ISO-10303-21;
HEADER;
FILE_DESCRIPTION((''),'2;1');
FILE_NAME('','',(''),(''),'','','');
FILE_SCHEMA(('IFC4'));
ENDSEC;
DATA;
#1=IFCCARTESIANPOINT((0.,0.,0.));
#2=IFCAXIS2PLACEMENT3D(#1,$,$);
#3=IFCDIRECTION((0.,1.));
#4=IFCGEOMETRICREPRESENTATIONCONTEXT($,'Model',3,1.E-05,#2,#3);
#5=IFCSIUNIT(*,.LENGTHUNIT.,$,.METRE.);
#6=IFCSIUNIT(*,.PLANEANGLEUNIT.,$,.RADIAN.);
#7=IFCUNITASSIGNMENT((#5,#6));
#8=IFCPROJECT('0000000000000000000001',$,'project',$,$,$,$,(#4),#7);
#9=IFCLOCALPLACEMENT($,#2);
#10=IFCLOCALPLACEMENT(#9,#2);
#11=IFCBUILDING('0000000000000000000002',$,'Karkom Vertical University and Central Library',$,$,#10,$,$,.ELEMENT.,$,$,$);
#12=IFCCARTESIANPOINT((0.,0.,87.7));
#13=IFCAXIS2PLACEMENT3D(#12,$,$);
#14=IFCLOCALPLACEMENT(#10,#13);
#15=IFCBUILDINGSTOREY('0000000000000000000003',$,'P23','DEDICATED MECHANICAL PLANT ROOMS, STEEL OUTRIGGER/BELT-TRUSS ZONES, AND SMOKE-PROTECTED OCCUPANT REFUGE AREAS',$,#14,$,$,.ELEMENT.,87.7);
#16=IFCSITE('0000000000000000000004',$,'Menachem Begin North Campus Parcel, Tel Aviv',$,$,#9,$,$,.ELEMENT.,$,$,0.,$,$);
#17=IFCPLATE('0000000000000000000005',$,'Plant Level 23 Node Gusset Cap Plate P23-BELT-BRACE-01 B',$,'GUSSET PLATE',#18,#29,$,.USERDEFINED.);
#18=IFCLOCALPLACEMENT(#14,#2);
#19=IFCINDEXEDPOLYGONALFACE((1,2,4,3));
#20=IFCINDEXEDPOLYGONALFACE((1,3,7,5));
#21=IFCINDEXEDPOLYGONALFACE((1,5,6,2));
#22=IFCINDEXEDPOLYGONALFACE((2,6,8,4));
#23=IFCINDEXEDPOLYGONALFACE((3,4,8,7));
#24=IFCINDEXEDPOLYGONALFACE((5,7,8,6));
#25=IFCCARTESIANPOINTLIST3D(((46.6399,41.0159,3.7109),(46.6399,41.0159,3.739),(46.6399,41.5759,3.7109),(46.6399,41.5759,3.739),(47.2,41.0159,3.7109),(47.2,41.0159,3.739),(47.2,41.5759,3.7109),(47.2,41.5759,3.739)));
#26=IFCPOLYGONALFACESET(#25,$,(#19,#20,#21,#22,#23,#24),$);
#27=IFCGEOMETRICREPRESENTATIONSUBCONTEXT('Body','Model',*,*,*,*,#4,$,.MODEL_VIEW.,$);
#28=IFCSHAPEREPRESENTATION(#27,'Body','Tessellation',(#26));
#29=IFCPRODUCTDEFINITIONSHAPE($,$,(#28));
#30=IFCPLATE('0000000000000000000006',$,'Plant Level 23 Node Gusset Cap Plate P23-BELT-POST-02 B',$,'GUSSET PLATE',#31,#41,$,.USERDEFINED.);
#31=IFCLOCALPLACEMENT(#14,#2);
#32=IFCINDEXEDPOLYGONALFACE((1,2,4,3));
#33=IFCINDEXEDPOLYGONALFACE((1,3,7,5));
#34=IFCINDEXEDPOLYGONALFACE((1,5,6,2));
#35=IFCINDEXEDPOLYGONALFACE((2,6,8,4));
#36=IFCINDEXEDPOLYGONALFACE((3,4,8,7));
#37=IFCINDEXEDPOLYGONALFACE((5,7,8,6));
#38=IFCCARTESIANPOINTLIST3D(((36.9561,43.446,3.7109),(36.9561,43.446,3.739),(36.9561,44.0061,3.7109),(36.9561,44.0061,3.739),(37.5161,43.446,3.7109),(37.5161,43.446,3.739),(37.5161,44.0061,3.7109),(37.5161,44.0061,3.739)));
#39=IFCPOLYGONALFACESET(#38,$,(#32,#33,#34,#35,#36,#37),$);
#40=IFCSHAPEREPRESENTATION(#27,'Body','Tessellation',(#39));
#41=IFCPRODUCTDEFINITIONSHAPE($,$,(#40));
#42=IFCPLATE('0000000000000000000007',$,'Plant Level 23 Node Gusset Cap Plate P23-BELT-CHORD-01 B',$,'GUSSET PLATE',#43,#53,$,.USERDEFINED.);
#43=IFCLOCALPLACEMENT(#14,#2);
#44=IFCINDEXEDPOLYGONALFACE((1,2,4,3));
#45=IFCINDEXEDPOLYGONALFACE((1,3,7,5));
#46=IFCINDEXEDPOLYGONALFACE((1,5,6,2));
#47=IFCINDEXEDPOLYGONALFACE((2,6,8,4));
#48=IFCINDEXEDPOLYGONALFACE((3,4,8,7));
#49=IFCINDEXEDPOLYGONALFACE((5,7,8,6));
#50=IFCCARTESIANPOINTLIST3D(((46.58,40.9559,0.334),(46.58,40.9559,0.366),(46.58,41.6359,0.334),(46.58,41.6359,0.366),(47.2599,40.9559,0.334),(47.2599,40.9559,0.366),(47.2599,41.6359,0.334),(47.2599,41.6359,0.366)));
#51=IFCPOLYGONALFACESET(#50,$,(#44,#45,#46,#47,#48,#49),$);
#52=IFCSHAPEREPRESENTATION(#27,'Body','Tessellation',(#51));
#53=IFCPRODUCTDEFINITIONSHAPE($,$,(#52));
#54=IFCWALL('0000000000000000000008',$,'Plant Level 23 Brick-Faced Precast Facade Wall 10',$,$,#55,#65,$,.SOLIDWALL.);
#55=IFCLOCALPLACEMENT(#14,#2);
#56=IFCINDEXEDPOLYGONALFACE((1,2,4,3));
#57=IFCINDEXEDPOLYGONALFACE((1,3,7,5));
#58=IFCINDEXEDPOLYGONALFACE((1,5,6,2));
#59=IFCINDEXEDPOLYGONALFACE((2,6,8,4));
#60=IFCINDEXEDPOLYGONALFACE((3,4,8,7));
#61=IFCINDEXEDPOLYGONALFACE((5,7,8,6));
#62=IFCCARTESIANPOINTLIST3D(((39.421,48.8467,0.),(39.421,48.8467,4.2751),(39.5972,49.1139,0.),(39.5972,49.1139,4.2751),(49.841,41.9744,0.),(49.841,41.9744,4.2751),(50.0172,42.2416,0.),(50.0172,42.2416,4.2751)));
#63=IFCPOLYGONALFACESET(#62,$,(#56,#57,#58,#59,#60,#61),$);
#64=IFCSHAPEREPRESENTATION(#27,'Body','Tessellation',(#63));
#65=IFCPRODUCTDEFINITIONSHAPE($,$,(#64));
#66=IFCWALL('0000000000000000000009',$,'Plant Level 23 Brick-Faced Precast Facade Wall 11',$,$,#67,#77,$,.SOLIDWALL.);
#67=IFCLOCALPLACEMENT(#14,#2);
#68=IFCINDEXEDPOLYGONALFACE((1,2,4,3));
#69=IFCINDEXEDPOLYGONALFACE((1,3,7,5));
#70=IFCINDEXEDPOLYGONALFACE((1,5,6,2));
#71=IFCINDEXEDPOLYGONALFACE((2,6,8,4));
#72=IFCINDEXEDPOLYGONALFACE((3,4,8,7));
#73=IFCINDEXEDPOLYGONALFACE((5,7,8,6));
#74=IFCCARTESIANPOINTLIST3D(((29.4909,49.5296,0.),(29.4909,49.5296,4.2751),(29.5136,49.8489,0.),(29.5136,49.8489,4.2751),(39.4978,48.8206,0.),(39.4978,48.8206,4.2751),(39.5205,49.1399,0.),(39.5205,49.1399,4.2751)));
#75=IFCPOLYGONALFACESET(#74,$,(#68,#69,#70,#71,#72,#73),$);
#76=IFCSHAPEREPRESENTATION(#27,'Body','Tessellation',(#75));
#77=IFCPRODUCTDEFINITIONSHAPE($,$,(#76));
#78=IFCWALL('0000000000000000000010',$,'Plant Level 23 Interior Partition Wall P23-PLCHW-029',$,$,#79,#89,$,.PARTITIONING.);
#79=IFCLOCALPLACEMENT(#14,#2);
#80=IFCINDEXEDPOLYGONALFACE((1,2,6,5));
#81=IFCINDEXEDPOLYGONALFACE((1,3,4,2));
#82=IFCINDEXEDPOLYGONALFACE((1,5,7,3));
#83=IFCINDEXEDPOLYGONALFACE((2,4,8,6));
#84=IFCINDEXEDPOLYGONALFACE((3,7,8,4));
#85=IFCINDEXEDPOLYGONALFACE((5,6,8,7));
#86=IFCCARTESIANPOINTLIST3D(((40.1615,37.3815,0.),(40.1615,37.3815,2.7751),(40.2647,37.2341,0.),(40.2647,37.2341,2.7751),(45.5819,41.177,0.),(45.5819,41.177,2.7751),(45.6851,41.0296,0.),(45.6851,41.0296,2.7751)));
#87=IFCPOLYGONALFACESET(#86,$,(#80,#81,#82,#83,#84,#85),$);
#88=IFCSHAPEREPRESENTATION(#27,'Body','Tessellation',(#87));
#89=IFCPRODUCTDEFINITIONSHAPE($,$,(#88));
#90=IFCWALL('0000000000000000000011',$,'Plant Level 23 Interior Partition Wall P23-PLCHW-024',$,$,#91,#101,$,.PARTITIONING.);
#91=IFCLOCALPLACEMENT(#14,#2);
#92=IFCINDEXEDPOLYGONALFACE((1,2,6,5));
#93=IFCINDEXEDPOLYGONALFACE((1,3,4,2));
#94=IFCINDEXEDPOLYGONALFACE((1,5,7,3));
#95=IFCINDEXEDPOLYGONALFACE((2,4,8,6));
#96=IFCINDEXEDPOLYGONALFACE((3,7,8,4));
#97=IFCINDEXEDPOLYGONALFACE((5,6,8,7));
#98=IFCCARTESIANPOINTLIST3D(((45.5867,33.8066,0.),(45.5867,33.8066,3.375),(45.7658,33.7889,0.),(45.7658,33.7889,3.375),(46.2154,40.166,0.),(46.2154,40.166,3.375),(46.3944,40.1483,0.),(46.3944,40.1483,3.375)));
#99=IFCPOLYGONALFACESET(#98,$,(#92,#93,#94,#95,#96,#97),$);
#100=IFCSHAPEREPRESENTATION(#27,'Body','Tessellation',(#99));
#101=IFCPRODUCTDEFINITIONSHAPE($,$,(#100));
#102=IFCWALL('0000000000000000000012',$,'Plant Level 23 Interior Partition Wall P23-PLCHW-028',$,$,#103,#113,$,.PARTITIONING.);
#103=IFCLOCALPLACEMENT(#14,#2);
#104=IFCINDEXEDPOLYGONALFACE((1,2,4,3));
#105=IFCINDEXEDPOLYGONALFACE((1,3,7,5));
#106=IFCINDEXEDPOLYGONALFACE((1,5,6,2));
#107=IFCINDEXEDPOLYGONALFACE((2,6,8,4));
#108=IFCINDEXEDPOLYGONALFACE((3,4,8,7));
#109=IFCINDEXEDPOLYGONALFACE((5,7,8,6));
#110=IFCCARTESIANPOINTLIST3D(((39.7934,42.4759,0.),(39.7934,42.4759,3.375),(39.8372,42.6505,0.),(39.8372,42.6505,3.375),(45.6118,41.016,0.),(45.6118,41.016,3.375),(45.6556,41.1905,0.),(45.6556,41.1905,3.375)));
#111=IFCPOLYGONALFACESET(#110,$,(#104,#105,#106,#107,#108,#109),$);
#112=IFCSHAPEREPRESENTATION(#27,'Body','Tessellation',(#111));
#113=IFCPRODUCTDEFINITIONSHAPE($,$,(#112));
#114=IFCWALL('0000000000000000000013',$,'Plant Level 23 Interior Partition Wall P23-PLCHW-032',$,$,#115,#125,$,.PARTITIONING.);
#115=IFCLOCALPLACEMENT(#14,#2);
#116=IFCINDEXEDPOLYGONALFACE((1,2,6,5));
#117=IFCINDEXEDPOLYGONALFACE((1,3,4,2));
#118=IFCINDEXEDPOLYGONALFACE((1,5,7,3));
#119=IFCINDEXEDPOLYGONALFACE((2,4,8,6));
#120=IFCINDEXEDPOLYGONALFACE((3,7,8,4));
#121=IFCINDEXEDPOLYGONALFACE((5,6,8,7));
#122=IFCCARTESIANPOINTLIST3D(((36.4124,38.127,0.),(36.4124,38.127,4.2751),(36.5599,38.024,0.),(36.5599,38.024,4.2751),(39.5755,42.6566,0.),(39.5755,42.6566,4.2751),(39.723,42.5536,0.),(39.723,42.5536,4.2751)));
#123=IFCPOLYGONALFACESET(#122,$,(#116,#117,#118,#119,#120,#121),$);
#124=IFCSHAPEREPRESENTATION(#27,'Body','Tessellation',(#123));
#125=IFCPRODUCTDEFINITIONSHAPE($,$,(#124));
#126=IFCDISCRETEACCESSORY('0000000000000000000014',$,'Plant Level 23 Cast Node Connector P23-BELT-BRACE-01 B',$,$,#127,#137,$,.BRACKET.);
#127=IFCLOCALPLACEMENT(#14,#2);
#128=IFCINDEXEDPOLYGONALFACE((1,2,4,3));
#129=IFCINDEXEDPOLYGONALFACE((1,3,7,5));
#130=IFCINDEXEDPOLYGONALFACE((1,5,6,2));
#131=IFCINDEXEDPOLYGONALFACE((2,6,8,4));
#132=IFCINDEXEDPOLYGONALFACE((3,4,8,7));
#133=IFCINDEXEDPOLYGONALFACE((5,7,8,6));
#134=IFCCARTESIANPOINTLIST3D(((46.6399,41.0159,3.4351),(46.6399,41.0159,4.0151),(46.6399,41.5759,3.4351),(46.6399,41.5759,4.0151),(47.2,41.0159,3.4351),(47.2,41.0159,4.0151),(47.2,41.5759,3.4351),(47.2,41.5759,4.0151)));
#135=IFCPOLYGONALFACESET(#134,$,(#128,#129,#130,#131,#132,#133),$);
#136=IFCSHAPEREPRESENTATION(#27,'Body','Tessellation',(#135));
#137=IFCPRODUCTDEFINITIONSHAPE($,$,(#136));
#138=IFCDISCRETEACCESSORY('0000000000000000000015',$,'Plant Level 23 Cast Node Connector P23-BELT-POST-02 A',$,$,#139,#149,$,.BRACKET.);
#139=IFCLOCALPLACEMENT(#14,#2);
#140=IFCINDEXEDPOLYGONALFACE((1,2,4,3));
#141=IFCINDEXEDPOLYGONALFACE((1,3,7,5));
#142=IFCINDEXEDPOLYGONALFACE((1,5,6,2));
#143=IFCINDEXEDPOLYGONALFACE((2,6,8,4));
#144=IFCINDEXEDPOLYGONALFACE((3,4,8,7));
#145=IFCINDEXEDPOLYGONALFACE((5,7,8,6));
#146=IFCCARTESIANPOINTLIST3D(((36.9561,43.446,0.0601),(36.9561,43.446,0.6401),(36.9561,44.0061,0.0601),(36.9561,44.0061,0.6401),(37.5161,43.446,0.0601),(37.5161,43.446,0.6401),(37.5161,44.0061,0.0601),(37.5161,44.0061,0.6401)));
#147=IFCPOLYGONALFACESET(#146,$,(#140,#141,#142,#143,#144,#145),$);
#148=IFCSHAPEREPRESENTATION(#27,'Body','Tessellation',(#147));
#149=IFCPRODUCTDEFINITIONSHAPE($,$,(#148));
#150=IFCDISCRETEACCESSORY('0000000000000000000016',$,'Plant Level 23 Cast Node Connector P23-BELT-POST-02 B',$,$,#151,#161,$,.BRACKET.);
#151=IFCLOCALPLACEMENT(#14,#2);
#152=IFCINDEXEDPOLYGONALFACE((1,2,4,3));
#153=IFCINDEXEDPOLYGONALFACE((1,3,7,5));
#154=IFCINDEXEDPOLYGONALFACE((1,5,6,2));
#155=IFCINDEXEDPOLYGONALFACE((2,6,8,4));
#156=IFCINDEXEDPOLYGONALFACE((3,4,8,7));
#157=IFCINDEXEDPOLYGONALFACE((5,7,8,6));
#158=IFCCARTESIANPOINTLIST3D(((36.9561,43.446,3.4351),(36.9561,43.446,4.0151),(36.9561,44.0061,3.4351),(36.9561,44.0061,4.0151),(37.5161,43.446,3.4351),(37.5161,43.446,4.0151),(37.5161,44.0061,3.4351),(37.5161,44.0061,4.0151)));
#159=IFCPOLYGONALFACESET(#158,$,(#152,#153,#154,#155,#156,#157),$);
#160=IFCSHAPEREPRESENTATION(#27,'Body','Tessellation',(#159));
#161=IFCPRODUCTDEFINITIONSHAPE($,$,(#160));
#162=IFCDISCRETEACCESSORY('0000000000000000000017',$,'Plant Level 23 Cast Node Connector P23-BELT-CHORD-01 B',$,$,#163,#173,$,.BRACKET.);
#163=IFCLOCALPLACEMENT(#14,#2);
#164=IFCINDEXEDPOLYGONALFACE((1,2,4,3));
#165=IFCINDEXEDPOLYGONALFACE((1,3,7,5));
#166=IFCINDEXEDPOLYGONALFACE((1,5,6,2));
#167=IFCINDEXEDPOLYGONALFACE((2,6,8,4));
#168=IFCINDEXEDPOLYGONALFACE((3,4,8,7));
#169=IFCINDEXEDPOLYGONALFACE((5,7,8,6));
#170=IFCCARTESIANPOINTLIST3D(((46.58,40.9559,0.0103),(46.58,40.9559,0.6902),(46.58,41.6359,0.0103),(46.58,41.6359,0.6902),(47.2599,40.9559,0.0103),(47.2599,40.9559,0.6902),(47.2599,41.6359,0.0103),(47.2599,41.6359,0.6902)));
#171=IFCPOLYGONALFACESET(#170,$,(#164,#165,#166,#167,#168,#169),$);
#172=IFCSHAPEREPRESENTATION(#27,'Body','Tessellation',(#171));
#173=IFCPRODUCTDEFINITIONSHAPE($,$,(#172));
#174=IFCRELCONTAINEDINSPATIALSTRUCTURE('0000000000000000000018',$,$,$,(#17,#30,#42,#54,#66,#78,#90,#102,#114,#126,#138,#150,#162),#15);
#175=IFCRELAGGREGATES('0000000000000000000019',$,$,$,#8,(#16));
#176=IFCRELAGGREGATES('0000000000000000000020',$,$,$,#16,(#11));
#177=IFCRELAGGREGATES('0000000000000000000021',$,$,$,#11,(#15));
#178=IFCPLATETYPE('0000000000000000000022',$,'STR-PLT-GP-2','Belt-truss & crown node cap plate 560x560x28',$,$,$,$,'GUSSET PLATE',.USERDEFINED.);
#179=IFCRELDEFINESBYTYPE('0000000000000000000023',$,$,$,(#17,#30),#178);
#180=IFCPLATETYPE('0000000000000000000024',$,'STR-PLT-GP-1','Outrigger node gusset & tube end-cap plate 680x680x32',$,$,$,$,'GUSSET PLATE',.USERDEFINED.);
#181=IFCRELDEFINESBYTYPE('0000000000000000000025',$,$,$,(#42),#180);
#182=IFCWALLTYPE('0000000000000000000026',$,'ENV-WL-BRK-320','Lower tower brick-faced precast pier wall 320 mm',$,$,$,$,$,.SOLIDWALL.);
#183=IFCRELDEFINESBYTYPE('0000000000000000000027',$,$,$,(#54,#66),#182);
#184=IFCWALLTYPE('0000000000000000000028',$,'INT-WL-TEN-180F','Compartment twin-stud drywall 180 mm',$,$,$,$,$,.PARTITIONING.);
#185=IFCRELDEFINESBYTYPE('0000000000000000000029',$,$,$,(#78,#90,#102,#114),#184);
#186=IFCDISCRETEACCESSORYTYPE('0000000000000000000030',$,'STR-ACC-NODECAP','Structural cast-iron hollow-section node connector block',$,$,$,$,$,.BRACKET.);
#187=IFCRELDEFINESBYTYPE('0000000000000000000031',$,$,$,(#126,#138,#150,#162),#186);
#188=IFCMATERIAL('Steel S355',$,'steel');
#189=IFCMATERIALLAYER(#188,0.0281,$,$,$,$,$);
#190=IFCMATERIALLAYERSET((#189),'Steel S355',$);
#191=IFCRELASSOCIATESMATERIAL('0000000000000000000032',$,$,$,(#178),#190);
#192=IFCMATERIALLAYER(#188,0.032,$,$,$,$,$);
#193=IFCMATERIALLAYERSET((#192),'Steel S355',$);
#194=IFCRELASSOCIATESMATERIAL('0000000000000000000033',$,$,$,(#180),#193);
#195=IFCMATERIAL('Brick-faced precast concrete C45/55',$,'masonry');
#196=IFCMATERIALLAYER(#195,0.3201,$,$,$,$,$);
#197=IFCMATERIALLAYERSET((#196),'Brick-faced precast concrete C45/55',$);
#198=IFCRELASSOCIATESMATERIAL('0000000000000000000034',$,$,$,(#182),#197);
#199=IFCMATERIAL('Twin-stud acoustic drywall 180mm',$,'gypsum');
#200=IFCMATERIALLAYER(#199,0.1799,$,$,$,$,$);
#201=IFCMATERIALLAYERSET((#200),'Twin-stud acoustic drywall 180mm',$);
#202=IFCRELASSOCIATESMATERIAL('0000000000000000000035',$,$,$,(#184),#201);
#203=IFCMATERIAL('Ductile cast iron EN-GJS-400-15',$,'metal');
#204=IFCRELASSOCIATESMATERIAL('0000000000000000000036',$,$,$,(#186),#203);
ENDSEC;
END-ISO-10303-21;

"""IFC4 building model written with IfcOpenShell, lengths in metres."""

from ifc_helpers import new_model, si_unit, direction, frame, frame_2d, origin, origin_with_axes, origin_2d, place, context, subcontext, project, spatial, rectangle, extrude, source, transform, mapped, material, layer, layer_set, type_object, element, save


model = new_model("IFC4")

# Units and contexts
model_context = context("Model", 3, precision=1e-05, world=origin(), true_north=direction((0.0, 1.0)))
body_context = subcontext(model_context, "Body", "Model", "MODEL_VIEW")
ifc_project = project(units=[si_unit("LENGTHUNIT", "METRE"), si_unit("PLANEANGLEUNIT", "RADIAN")], contexts=[model_context])

# Site, building, storey
site_placement = place(None, origin())
site = spatial("IfcSite", under=ifc_project, at=site_placement, Name="Menachem Begin North Campus Parcel, Tel Aviv", CompositionType="ELEMENT", RefElevation=0.0)
building_placement = place(site_placement, origin())
building = spatial("IfcBuilding", under=site, at=building_placement, Name="Karkom Vertical University and Central Library", CompositionType="ELEMENT")
storey_placement = place(building_placement, frame((0.0, 0.0, 87.7)))
storey = spatial("IfcBuildingStorey", under=building, at=storey_placement, Name="P23", Description="DEDICATED MECHANICAL PLANT ROOMS, STEEL OUTRIGGER/BELT-TRUSS ZONES, AND SMOKE-PROTECTED OCCUPANT REFUGE AREAS", CompositionType="ELEMENT", Elevation=87.7)

# Shared definitions
ifc_material_1 = material(Name="Steel S355", Category="steel")

# Plates
ifc_layer_1 = layer(ifc_material_1, 0.0281)
ifc_layer_set_1 = layer_set([ifc_layer_1], Name="Steel S355")
plate_type_1 = type_object("IfcPlateType", Name="STR-PLT-GP-2", Description="Belt-truss & crown node cap plate 560x560x28", ElementType="GUSSET PLATE", PredefinedType="USERDEFINED", material=ifc_layer_set_1)
shared_shape_1 = source(origin_with_axes(), body_context, "Body", "SweptSolid", [
    extrude(rectangle(XDim=0.5601, YDim=0.5601, at=origin_2d()), origin(), (0.0, 0.0, 1.0), 0.0281),
])
for number, where, z_axis, x_axis, name in (
    (1, (46.9199, 41.2959, 3.7109), (0.0, 0.0, 1.0), (1.0, 0.0, 0.0), "Plant Level 23 Node Gusset Cap Plate P23-BELT-BRACE-01 B"),
    (2, (37.2361, 43.7261, 3.7109), (0.0, 0.0, 1.0), (1.0, 0.0, 0.0), "Plant Level 23 Node Gusset Cap Plate P23-BELT-POST-02 B"),
):
    element("IfcPlate", number, at=place(storey_placement, frame(where, z_axis=z_axis, x_axis=x_axis)), inside=storey, type_object=plate_type_1, Name=name, ObjectType="GUSSET PLATE", PredefinedType="USERDEFINED", context=body_context, shape_type="MappedRepresentation", body=[
        mapped(shared_shape_1, transform((0.0, 0.0, 0.0), scale=1.0)),
    ])
ifc_layer_2 = layer(ifc_material_1, 0.032)
ifc_layer_set_2 = layer_set([ifc_layer_2], Name="Steel S355")
plate_type_2 = type_object("IfcPlateType", Name="STR-PLT-GP-1", Description="Outrigger node gusset & tube end-cap plate 680x680x32", ElementType="GUSSET PLATE", PredefinedType="USERDEFINED", material=ifc_layer_set_2)
shared_shape_2 = source(origin_with_axes(), body_context, "Body", "SweptSolid", [
    extrude(rectangle(XDim=0.6799, YDim=0.6799, at=origin_2d()), origin(), (0.0, 0.0, 1.0), 0.032),
])
plate_placement = place(storey_placement, frame((46.9199, 41.2959, 0.334), z_axis=(0.0, 0.0, 1.0), x_axis=(1.0, 0.0, 0.0)))
element("IfcPlate", 3, at=plate_placement, inside=storey, type_object=plate_type_2, Name="Plant Level 23 Node Gusset Cap Plate P23-BELT-CHORD-01 B", ObjectType="GUSSET PLATE", PredefinedType="USERDEFINED", context=body_context, shape_type="MappedRepresentation", body=[
    mapped(shared_shape_2, transform((0.0, 0.0, 0.0), scale=1.0)),
])

# Walls
ifc_material_2 = material(Name="Brick-faced precast concrete C45/55", Category="masonry")
ifc_layer_3 = layer(ifc_material_2, 0.3201)
ifc_layer_set_3 = layer_set([ifc_layer_3], Name="Brick-faced precast concrete C45/55")
wall_type_1 = type_object("IfcWallType", Name="ENV-WL-BRK-320", Description="Lower tower brick-faced precast pier wall 320 mm", PredefinedType="SOLIDWALL", material=ifc_layer_set_3)
wall_1_placement = place(storey_placement, frame((49.9292, 42.1079, 0.0), z_axis=(0.0, 0.0, 1.0), x_axis=(-0.834787, 0.550572, 0.0)))
element("IfcWall", 4, at=wall_1_placement, inside=storey, type_object=wall_type_1, Name="Plant Level 23 Brick-Faced Precast Facade Wall 10", PredefinedType="SOLIDWALL", context=body_context, shape_type="SweptSolid", body=[
    extrude(rectangle(XDim=12.4822, YDim=0.3201, at=frame_2d((6.2412, 0.0))), origin(), (0.0, 0.0, 1.0), 4.2751),
])
wall_2_placement = place(storey_placement, frame((39.5093, 48.9802, 0.0), z_axis=(0.0, 0.0, 1.0), x_axis=(-0.9975, 0.070673, 0.0)))
element("IfcWall", 5, at=wall_2_placement, inside=storey, type_object=wall_type_1, Name="Plant Level 23 Brick-Faced Precast Facade Wall 11", PredefinedType="SOLIDWALL", context=body_context, shape_type="SweptSolid", body=[
    extrude(rectangle(XDim=10.032, YDim=0.3201, at=frame_2d((5.0161, 0.0))), origin(), (0.0, 0.0, 1.0), 4.2751),
])
ifc_material_3 = material(Name="Twin-stud acoustic drywall 180mm", Category="gypsum")
ifc_layer_4 = layer(ifc_material_3, 0.1799)
ifc_layer_set_4 = layer_set([ifc_layer_4], Name="Twin-stud acoustic drywall 180mm")
wall_type_2 = type_object("IfcWallType", Name="INT-WL-TEN-180F", Description="Compartment twin-stud drywall 180 mm", PredefinedType="PARTITIONING", material=ifc_layer_set_4)
wall_3_placement = place(storey_placement, frame((45.6335, 41.1033, 0.0), z_axis=(0.0, 0.0, 1.0), x_axis=(-0.819152, -0.573576, 0.0)))
element("IfcWall", 6, at=wall_3_placement, inside=storey, type_object=wall_type_2, Name="Plant Level 23 Interior Partition Wall P23-PLCHW-029", PredefinedType="PARTITIONING", context=body_context, shape_type="SweptSolid", body=[
    extrude(rectangle(XDim=6.6172, YDim=0.1799, at=frame_2d((3.3086, 0.0))), origin(), (0.0, 0.0, 1.0), 2.7751),
])
wall_4_placement = place(storey_placement, frame((46.3049, 40.1572, 0.0), z_axis=(0.0, 0.0, 1.0), x_axis=(-0.098376, -0.995149, 0.0)))
element("IfcWall", 7, at=wall_4_placement, inside=storey, type_object=wall_type_2, Name="Plant Level 23 Interior Partition Wall P23-PLCHW-024", PredefinedType="PARTITIONING", context=body_context, shape_type="SweptSolid", body=[
    extrude(rectangle(XDim=6.3904, YDim=0.1799, at=frame_2d((3.1953, 0.0))), origin(), (0.0, 0.0, 1.0), 3.375),
])
wall_5_placement = place(storey_placement, frame((39.8152, 42.5632, 0.0), z_axis=(0.0, 0.0, 1.0), x_axis=(0.969931, -0.243378, 0.0)))
element("IfcWall", 8, at=wall_5_placement, inside=storey, type_object=wall_type_2, Name="Plant Level 23 Interior Partition Wall P23-PLCHW-028", PredefinedType="PARTITIONING", context=body_context, shape_type="SweptSolid", body=[
    extrude(rectangle(XDim=5.9988, YDim=0.1799, at=frame_2d((2.9995, 0.0))), origin(), (0.0, 0.0, 1.0), 3.375),
])
wall_6_placement = place(storey_placement, frame((39.6492, 42.605, 0.0), z_axis=(0.0, 0.0, 1.0), x_axis=(-0.57254, -0.819877, 0.0)))
element("IfcWall", 9, at=wall_6_placement, inside=storey, type_object=wall_type_2, Name="Plant Level 23 Interior Partition Wall P23-PLCHW-032", PredefinedType="PARTITIONING", context=body_context, shape_type="SweptSolid", body=[
    extrude(rectangle(XDim=5.5247, YDim=0.1799, at=frame_2d((2.7622, 0.0))), origin(), (0.0, 0.0, 1.0), 4.2751),
])

# Discrete accessories
ifc_material_4 = material(Name="Ductile cast iron EN-GJS-400-15", Category="metal")
discrete_accessory_type = type_object("IfcDiscreteAccessoryType", Name="STR-ACC-NODECAP", Description="Structural cast-iron hollow-section node connector block", PredefinedType="BRACKET", material=ifc_material_4)
shared_shape_3 = source(origin_with_axes(), body_context, "Body", "SweptSolid", [
    extrude(rectangle(XDim=0.5601, YDim=0.5601, at=origin_2d()), origin(), (0.0, 0.0, 1.0), 0.5801),
])
for number, where, z_axis, x_axis, name in (
    (10, (46.9199, 41.2959, 3.4351), (0.0, 0.0, 1.0), (1.0, 0.0, 0.0), "Plant Level 23 Cast Node Connector P23-BELT-BRACE-01 B"),
    (11, (37.2361, 43.7261, 0.0601), (0.0, 0.0, 1.0), (1.0, 0.0, 0.0), "Plant Level 23 Cast Node Connector P23-BELT-POST-02 A"),
    (12, (37.2361, 43.7261, 3.4351), (0.0, 0.0, 1.0), (1.0, 0.0, 0.0), "Plant Level 23 Cast Node Connector P23-BELT-POST-02 B"),
):
    element("IfcDiscreteAccessory", number, at=place(storey_placement, frame(where, z_axis=z_axis, x_axis=x_axis)), inside=storey, type_object=discrete_accessory_type, Name=name, PredefinedType="BRACKET", context=body_context, shape_type="MappedRepresentation", body=[
        mapped(shared_shape_3, transform((0.0, 0.0, 0.0), scale=1.0)),
    ])
shared_shape_4 = source(origin_with_axes(), body_context, "Body", "SweptSolid", [
    extrude(rectangle(XDim=0.6799, YDim=0.6799, at=origin_2d()), origin(), (0.0, 0.0, 1.0), 0.6799),
])
discrete_accessory_placement = place(storey_placement, frame((46.9199, 41.2959, 0.0103), z_axis=(0.0, 0.0, 1.0), x_axis=(1.0, 0.0, 0.0)))
element("IfcDiscreteAccessory", 13, at=discrete_accessory_placement, inside=storey, type_object=discrete_accessory_type, Name="Plant Level 23 Cast Node Connector P23-BELT-CHORD-01 B", PredefinedType="BRACKET", context=body_context, shape_type="MappedRepresentation", body=[
    mapped(shared_shape_4, transform((0.0, 0.0, 0.0), scale=1.0)),
])

save(model, "model.ifc")
